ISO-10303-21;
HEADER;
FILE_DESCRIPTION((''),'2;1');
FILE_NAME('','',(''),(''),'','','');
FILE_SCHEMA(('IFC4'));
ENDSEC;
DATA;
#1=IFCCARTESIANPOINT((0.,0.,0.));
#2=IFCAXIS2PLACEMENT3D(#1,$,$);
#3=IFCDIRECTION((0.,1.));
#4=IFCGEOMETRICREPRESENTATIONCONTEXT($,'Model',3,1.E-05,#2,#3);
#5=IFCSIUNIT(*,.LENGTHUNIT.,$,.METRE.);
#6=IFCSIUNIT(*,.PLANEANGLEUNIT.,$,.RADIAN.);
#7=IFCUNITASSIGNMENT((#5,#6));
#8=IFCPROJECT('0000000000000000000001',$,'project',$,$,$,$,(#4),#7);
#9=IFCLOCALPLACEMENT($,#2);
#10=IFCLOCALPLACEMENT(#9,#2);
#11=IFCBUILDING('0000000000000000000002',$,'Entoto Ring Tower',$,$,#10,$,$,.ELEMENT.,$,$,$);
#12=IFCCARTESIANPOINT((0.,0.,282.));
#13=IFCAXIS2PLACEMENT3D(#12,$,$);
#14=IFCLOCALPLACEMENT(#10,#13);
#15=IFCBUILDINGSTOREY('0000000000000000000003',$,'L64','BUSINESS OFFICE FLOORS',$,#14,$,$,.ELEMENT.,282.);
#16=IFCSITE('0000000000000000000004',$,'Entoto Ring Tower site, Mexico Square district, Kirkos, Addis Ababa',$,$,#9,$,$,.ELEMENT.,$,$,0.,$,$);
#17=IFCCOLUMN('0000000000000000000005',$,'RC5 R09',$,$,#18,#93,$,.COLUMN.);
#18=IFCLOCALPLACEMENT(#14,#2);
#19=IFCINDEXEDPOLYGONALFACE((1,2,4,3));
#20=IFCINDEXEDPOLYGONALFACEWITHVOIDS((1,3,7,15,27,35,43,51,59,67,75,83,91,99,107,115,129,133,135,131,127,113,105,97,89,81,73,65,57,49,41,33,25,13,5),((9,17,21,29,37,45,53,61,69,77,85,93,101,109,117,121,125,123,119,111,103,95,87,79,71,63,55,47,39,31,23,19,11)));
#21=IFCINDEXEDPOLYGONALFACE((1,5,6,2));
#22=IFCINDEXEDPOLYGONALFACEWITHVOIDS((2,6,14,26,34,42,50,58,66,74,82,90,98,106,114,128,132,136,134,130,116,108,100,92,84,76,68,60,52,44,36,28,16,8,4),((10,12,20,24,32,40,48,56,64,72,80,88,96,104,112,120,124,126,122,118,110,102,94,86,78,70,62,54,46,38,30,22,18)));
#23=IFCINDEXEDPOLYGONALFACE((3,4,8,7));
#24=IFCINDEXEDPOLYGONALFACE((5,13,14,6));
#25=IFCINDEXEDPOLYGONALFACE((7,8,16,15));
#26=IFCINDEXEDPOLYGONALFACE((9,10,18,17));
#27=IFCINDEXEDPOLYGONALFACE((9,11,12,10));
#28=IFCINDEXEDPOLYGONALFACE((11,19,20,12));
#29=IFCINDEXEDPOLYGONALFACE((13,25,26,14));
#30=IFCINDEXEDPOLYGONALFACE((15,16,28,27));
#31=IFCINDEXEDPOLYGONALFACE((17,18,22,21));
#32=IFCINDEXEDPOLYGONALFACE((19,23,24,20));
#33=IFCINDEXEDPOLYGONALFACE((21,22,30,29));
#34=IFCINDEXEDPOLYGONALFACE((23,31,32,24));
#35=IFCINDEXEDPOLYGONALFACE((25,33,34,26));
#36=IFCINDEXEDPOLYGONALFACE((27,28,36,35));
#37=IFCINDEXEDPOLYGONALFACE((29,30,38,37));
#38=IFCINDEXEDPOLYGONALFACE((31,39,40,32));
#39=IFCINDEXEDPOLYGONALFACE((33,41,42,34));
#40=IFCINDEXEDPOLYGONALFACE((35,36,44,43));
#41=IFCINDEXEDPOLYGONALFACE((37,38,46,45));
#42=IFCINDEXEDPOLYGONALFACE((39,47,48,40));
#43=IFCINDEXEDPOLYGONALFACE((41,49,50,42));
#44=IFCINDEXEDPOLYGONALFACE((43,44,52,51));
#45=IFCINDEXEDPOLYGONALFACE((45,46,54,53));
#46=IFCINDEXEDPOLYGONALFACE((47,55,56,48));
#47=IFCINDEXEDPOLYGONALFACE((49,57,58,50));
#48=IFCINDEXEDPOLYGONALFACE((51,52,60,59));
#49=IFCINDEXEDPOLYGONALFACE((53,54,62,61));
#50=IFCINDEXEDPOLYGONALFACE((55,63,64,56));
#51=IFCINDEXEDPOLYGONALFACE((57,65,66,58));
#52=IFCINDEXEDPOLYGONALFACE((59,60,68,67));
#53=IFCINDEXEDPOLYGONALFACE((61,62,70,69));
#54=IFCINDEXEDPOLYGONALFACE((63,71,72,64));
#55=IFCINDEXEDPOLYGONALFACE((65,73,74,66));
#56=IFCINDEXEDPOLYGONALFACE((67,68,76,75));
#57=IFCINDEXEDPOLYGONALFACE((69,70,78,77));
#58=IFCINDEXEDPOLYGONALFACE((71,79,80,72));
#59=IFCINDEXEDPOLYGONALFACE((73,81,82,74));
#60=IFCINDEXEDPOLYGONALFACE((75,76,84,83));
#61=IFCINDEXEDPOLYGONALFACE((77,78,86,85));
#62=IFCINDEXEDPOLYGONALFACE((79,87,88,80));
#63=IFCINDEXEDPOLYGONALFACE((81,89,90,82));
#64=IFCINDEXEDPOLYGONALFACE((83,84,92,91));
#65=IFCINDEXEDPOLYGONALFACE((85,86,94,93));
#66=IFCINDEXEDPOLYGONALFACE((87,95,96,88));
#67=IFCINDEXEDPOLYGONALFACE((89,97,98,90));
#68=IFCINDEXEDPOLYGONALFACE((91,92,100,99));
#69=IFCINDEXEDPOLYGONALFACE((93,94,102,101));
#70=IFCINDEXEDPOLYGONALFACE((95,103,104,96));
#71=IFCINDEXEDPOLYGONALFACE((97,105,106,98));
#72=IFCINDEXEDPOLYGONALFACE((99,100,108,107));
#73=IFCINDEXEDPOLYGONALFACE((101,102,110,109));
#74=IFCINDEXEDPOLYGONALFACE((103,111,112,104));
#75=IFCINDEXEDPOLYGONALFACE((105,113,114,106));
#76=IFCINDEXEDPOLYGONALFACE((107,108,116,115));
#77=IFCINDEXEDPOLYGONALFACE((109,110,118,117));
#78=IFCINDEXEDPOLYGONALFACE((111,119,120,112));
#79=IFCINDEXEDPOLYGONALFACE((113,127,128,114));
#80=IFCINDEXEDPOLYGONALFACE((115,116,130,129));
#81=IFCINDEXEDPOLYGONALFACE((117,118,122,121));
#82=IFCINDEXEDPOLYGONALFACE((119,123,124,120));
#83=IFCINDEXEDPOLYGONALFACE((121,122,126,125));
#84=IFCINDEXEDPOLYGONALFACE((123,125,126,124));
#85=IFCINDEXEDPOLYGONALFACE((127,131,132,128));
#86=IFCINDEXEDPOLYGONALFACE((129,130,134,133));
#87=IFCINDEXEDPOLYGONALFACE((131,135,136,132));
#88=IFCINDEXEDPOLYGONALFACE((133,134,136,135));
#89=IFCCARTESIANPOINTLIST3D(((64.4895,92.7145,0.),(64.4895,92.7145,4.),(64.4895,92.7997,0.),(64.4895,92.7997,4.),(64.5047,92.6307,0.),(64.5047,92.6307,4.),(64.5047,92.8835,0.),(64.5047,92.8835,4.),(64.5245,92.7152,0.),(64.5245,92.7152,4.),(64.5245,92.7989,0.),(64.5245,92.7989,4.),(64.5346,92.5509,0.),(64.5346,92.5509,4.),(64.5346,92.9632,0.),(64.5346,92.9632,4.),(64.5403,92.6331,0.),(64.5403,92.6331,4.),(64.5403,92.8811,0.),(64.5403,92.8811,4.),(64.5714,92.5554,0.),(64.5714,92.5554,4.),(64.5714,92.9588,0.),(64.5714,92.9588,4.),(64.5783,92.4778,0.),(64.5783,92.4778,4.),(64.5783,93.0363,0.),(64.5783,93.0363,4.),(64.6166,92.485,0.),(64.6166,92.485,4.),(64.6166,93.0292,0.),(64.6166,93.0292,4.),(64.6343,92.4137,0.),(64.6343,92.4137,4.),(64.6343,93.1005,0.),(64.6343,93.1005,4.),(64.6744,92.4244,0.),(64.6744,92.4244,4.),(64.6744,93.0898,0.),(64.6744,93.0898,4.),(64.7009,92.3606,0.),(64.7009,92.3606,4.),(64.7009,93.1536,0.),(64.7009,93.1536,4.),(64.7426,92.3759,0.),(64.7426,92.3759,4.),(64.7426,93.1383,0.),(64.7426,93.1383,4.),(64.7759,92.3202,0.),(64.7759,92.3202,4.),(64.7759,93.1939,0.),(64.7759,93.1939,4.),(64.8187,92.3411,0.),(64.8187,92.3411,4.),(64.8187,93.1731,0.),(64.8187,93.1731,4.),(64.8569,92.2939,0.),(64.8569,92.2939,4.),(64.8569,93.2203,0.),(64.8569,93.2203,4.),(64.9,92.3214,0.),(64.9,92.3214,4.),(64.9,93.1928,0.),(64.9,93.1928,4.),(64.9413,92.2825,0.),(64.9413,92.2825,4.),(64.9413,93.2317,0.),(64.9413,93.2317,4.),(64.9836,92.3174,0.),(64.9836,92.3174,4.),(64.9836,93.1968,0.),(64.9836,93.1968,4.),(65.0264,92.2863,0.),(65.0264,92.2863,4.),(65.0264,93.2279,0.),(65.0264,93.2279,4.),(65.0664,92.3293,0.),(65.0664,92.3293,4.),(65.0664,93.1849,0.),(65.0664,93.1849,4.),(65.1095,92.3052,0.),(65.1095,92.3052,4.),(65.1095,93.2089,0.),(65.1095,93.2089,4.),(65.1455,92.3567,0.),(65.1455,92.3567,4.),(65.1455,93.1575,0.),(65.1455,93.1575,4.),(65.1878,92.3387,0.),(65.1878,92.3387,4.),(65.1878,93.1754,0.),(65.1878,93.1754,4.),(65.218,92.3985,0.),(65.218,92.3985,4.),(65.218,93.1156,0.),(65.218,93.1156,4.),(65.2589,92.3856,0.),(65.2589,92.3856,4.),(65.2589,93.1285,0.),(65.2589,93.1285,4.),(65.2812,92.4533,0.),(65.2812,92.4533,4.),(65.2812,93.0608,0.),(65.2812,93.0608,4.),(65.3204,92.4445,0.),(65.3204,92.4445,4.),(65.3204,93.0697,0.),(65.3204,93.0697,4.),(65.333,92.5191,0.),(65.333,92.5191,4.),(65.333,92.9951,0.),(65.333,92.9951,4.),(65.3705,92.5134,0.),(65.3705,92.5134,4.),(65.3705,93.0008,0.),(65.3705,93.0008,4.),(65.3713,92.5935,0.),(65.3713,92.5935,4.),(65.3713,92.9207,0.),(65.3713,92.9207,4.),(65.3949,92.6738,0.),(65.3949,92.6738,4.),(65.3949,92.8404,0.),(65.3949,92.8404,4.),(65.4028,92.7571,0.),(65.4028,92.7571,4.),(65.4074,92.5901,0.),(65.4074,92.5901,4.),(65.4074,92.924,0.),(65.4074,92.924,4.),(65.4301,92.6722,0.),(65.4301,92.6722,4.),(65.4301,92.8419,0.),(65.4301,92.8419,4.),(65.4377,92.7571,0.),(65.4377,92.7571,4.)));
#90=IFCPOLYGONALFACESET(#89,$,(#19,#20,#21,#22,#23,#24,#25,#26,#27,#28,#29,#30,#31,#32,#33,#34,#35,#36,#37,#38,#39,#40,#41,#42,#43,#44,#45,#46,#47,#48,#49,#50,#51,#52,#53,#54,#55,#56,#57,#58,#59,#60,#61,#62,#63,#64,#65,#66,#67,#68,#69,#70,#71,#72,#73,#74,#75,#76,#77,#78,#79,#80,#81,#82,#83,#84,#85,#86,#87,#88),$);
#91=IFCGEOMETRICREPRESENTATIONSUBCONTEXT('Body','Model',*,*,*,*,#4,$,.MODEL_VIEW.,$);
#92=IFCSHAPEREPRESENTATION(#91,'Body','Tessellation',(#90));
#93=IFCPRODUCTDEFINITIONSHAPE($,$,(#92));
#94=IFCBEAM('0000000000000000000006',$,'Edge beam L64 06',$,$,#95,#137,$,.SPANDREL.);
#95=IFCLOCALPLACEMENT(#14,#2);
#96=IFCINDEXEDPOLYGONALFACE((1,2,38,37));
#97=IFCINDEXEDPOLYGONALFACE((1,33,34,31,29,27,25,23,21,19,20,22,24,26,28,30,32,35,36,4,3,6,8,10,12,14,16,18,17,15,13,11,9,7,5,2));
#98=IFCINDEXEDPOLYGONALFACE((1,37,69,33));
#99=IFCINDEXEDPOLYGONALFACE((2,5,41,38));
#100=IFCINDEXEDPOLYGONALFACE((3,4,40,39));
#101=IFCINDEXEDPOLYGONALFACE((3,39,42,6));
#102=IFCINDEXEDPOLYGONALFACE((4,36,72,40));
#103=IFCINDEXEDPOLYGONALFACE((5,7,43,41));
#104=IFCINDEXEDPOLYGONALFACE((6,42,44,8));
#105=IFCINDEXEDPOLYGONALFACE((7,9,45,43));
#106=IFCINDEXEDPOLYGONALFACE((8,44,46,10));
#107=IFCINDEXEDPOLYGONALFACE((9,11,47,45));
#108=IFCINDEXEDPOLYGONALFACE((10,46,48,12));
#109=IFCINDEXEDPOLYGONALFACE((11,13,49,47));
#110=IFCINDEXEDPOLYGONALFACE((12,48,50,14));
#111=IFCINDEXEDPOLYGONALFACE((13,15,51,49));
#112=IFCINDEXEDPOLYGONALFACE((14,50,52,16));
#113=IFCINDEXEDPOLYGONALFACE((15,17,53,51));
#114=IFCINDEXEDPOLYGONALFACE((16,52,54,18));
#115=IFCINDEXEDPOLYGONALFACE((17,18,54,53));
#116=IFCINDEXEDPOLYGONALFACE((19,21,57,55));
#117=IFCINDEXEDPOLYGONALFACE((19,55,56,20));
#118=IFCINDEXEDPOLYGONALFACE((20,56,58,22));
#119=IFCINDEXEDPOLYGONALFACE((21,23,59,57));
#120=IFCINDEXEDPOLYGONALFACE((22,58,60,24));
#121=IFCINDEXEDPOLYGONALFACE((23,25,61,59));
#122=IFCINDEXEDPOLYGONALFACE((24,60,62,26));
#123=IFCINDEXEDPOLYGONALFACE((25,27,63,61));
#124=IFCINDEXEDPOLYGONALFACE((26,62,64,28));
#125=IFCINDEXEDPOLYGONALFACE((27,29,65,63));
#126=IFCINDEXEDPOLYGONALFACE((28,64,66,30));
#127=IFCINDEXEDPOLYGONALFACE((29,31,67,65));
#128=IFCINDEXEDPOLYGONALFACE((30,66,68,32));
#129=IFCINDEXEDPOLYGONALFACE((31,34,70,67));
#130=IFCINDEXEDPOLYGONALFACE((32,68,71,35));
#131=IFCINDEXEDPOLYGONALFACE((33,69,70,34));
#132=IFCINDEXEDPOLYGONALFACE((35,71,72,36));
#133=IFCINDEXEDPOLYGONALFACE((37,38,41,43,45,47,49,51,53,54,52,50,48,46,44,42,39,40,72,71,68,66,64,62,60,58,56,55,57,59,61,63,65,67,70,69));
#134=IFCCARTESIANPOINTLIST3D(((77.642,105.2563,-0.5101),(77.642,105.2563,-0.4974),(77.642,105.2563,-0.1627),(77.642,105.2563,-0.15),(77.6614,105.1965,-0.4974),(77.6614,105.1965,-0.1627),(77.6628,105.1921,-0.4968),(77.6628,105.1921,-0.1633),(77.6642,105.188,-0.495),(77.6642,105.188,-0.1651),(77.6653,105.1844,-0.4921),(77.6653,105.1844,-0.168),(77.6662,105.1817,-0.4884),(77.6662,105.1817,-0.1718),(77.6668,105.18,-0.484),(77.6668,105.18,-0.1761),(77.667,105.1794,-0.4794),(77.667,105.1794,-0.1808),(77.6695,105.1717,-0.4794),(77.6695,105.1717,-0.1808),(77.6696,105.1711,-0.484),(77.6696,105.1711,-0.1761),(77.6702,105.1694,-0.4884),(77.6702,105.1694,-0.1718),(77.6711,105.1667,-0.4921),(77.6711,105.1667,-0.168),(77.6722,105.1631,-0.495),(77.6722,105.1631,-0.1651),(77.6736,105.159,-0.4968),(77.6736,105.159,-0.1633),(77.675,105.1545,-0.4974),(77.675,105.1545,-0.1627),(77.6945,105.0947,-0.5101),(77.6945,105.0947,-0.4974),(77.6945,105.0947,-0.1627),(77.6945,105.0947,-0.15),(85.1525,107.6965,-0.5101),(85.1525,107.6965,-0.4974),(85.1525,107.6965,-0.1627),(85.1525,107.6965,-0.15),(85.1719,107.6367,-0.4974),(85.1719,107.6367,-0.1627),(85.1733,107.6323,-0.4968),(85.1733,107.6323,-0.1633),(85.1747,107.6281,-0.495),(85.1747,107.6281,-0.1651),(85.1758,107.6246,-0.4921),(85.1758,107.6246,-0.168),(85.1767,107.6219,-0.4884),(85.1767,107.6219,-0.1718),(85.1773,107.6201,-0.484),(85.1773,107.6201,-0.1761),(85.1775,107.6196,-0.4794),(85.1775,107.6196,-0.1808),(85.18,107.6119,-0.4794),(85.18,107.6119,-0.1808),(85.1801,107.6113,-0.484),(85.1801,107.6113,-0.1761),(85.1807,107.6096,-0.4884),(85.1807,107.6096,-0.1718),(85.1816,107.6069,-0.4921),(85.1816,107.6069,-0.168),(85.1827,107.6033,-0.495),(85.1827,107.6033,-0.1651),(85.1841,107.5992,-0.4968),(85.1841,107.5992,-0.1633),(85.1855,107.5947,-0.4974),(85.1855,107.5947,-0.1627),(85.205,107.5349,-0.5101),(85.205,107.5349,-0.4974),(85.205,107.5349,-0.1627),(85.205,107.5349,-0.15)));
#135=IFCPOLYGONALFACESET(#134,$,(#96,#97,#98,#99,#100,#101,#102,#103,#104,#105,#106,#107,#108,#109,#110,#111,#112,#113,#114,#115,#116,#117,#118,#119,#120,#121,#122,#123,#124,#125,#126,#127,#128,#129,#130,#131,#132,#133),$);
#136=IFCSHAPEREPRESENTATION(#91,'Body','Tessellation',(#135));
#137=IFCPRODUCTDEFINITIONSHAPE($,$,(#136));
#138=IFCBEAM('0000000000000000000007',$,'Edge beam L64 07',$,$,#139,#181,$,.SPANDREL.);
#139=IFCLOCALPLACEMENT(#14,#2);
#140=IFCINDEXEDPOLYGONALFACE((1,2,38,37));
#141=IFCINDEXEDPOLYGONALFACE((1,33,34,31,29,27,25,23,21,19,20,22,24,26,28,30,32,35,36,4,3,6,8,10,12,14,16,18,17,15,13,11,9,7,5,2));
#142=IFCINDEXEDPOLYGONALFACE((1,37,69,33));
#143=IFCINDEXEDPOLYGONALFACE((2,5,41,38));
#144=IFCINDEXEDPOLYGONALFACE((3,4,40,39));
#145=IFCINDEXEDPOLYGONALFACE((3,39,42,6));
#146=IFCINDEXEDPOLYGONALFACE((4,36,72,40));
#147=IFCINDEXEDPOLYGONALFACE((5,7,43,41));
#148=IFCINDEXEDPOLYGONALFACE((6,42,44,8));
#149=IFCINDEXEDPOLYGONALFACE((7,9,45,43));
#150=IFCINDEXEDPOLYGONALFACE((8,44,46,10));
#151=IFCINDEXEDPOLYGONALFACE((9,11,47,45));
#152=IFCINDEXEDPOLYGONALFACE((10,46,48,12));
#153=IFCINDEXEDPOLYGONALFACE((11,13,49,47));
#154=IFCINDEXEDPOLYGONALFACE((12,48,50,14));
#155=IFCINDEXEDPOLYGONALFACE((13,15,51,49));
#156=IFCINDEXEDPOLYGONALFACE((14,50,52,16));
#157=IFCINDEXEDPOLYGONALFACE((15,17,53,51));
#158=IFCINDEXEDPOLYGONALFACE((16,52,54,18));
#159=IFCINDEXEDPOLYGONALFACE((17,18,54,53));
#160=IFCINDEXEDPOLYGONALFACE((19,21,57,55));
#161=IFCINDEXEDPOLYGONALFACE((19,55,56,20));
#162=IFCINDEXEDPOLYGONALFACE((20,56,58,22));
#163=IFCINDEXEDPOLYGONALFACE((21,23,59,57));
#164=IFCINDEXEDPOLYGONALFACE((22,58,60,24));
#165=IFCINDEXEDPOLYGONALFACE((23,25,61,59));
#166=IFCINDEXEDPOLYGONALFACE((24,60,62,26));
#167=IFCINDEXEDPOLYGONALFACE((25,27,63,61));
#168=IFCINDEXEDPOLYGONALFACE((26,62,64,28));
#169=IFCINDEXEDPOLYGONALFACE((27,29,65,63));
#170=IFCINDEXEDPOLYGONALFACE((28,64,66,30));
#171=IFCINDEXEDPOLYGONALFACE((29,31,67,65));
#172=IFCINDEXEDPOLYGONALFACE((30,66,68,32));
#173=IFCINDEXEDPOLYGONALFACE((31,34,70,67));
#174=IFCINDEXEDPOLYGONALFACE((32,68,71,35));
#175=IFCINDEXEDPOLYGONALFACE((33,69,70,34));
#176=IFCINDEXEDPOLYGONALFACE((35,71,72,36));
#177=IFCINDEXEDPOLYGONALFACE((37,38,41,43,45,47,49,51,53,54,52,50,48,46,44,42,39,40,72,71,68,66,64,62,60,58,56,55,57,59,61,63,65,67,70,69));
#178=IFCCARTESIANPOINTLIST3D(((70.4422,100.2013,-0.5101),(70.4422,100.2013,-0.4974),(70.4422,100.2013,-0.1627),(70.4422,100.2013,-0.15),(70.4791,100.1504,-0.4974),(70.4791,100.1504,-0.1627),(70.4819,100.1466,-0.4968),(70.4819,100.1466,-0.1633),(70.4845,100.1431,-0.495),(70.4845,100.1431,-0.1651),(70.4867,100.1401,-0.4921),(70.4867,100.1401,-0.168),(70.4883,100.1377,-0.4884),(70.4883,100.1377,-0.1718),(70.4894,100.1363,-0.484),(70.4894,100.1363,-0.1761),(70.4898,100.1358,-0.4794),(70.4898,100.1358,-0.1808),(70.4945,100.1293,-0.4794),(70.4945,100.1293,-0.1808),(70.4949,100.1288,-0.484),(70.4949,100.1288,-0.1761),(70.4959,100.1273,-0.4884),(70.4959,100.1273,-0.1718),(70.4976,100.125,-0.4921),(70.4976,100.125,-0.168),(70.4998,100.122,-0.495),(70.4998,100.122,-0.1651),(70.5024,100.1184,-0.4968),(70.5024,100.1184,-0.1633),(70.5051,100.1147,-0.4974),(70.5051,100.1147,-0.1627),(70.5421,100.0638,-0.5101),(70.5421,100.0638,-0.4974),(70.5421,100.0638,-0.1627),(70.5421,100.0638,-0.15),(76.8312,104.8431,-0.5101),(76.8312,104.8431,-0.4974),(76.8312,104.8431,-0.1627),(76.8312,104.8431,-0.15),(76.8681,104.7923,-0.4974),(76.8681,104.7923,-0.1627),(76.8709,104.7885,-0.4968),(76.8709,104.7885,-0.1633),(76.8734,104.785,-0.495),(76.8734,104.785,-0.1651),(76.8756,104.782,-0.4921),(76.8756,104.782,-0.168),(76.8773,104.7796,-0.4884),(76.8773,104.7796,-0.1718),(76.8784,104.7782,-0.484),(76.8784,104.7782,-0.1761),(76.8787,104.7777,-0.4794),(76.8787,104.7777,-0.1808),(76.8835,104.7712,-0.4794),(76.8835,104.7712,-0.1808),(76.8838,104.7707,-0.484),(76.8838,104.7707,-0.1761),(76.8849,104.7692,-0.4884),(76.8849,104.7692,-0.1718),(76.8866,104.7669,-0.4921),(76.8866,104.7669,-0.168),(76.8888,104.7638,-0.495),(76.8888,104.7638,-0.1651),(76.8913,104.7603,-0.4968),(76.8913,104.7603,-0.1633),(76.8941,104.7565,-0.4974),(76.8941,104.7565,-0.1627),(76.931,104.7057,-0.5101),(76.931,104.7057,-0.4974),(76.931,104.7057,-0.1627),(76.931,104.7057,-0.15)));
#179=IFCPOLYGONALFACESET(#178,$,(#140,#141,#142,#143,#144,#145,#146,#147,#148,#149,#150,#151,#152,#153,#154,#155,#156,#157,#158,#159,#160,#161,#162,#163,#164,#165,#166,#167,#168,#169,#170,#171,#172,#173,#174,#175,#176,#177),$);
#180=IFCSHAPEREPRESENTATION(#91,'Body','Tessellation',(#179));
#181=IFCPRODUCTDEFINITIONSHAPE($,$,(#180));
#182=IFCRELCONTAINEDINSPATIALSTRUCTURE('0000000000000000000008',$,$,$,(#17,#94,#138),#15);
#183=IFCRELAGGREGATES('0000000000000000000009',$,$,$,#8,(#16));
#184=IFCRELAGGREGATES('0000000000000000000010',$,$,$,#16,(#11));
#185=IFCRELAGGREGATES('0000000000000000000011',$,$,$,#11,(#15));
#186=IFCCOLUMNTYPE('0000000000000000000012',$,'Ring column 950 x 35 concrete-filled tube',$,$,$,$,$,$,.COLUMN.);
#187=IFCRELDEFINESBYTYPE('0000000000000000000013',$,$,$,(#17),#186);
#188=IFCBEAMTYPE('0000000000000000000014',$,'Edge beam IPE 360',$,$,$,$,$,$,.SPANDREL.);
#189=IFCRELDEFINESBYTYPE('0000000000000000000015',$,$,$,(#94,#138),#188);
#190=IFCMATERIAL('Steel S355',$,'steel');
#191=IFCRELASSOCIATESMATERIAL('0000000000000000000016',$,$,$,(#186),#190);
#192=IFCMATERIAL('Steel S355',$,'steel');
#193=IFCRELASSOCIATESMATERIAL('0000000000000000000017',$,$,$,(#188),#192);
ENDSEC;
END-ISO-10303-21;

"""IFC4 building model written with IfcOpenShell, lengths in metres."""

from ifc_helpers import new_model, si_unit, direction, frame, origin, origin_2d, place, context, subcontext, project, spatial, circle, hollow_circle, i_section, extrude, material, material_profile, profile_set, type_object, element, save


model = new_model("IFC4")

# Units and contexts
model_context = context("Model", 3, precision=1e-05, world=origin(), true_north=direction((0.0, 1.0)))
body_context = subcontext(model_context, "Body", "Model", "MODEL_VIEW")
ifc_project = project(units=[si_unit("LENGTHUNIT", "METRE"), si_unit("PLANEANGLEUNIT", "RADIAN")], contexts=[model_context])

# Site, building, storey
site_placement = place(None, origin())
site = spatial("IfcSite", under=ifc_project, at=site_placement, Name="Entoto Ring Tower site, Mexico Square district, Kirkos, Addis Ababa", CompositionType="ELEMENT", RefElevation=0.0)
building_placement = place(site_placement, origin())
building = spatial("IfcBuilding", under=site, at=building_placement, Name="Entoto Ring Tower", CompositionType="ELEMENT")
storey_placement = place(building_placement, frame((0.0, 0.0, 282.0)))
storey = spatial("IfcBuildingStorey", under=building, at=storey_placement, Name="L64", Description="BUSINESS OFFICE FLOORS", CompositionType="ELEMENT", Elevation=282.0)

# Column
ifc_material_1 = material(Name="Steel S355", Category="steel")
ifc_material_profile_1 = material_profile(ifc_material_1, hollow_circle(Radius=0.4751, WallThickness=0.0349, at=origin_2d()), Name="CHS 950 x 35")
ifc_material_2 = material(Name="Concrete C60/75", Category="concrete")
ifc_material_profile_2 = material_profile(ifc_material_2, circle(Radius=0.4399, at=origin_2d()), Name="Concrete C60/75 infill")
ifc_profile_set_1 = profile_set([ifc_material_profile_1, ifc_material_profile_2], Name="Steel S355")
column_type = type_object("IfcColumnType", Name="Ring column 950 x 35 concrete-filled tube", PredefinedType="COLUMN", material=ifc_profile_set_1)
for number, where, z_axis, x_axis, name in (
    (1, (64.9626, 92.7571, 0.0), (0.0, 0.0, 1.0), (1.0, 0.0, 0.0), "RC5 R09"),
):
    element("IfcColumn", number, at=place(storey_placement, frame(where, z_axis=z_axis, x_axis=x_axis)), inside=storey, type_object=column_type, Name=name, PredefinedType="COLUMN", context=body_context, shape_type="SweptSolid", body=[
        extrude(hollow_circle(Radius=0.4751, WallThickness=0.0349, at=origin_2d()), origin(), (0.0, 0.0, 1.0), 4.0),
    ])

# Beams
ifc_material_3 = material(Name="Steel S355", Category="steel")
ifc_material_profile_3 = material_profile(ifc_material_3, i_section(OverallWidth=0.1699, OverallDepth=0.3601, WebThickness=0.0081, FlangeThickness=0.0127, FilletRadius=0.0181, at=origin_2d()), Name="IPE 360")
ifc_profile_set_2 = profile_set([ifc_material_profile_3], Name="Steel S355")
beam_type_1 = type_object("IfcBeamType", Name="Edge beam IPE 360", PredefinedType="SPANDREL", material=ifc_profile_set_2)
beam_1_placement = place(storey_placement, frame((85.1787, 107.6157, -0.3301), z_axis=(-0.951061, -0.309003, 0.0), x_axis=(0.309003, -0.951061, 0.0)))
element("IfcBeam", 2, at=beam_1_placement, inside=storey, type_object=beam_type_1, Name="Edge beam L64 06", PredefinedType="SPANDREL", context=body_context, shape_type="SweptSolid", body=[
    extrude(i_section(OverallWidth=0.1699, OverallDepth=0.3601, WebThickness=0.0081, FlangeThickness=0.0127, FilletRadius=0.0181, at=origin_2d()), origin(), (0.0, 0.0, 1.0), 7.897),
])
for number, where, z_axis, x_axis, name in (
    (3, (76.8811, 104.7744, -0.3301), (-0.809015, -0.587787, 0.0), (0.587787, -0.809015, 0.0), "Edge beam L64 07"),
):
    element("IfcBeam", number, at=place(storey_placement, frame(where, z_axis=z_axis, x_axis=x_axis)), inside=storey, type_object=beam_type_1, Name=name, PredefinedType="SPANDREL", context=body_context, shape_type="SweptSolid", body=[
        extrude(i_section(OverallWidth=0.1699, OverallDepth=0.3601, WebThickness=0.0081, FlangeThickness=0.0127, FilletRadius=0.0181, at=origin_2d()), origin(), (0.0, 0.0, 1.0), 7.8972),
    ])

save(model, "model.ifc")
